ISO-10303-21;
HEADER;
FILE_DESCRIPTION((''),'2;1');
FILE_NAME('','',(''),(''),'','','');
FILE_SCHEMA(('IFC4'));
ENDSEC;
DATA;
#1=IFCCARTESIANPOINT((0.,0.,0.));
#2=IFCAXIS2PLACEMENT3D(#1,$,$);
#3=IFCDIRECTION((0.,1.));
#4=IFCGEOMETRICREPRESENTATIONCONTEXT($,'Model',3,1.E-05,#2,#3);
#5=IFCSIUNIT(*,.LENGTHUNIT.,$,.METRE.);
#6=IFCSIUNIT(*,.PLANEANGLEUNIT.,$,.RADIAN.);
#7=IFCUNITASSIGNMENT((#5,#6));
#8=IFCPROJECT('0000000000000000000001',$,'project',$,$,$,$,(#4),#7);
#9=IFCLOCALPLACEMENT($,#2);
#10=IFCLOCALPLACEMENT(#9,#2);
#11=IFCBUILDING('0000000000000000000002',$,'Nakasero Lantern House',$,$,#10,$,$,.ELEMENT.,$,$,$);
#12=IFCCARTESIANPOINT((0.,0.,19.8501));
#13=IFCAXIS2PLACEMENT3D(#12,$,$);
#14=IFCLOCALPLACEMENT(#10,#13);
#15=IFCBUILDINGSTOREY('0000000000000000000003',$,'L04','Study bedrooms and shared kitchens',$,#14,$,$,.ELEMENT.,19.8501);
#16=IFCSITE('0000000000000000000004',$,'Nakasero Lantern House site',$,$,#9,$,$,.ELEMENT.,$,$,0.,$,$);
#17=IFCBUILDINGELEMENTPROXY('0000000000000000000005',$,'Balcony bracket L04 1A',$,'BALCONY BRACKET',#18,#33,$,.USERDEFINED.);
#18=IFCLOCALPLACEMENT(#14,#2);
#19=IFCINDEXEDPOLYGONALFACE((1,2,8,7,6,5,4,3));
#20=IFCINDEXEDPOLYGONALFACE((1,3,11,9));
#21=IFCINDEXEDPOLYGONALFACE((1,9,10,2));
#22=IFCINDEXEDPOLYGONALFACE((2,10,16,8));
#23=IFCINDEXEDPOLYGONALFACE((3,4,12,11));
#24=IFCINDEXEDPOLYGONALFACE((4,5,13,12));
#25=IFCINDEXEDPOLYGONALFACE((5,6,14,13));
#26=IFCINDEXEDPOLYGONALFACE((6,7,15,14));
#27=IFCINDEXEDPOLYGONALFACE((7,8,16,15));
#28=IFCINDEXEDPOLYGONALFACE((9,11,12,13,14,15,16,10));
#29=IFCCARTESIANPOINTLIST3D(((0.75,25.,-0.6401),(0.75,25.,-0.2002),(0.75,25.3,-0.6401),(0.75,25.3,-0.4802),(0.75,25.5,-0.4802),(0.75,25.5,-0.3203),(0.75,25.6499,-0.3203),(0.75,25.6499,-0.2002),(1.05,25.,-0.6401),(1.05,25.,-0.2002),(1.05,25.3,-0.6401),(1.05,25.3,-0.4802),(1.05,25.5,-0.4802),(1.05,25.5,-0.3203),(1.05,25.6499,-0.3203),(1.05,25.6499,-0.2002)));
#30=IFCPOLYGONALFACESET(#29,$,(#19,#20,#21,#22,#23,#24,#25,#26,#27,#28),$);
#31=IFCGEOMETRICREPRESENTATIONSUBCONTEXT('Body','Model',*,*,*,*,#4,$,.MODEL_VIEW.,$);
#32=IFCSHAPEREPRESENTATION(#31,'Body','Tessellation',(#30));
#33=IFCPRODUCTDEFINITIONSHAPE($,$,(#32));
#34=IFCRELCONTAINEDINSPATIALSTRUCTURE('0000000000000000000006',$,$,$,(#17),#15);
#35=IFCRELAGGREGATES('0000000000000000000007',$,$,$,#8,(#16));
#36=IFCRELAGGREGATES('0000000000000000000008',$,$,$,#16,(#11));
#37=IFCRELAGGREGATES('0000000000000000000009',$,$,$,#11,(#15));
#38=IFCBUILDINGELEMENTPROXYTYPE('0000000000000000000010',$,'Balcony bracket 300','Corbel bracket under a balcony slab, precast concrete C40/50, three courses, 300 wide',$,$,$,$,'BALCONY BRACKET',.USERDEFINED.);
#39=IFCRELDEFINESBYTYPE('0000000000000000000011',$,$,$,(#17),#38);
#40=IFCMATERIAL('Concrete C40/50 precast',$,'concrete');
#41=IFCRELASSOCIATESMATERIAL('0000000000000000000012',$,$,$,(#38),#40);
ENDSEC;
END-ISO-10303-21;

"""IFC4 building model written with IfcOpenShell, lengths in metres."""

from ifc_helpers import new_model, si_unit, direction, frame, origin, place, context, subcontext, project, spatial, polyline, outline, extrude, material, type_object, element, save


model = new_model("IFC4")

# Units and contexts
model_context = context("Model", 3, precision=1e-05, world=origin(), true_north=direction((0.0, 1.0)))
body_context = subcontext(model_context, "Body", "Model", "MODEL_VIEW")
ifc_project = project(units=[si_unit("LENGTHUNIT", "METRE"), si_unit("PLANEANGLEUNIT", "RADIAN")], contexts=[model_context])

# Site, building, storey
site_placement = place(None, origin())
site = spatial("IfcSite", under=ifc_project, at=site_placement, Name="Nakasero Lantern House site", CompositionType="ELEMENT", RefElevation=0.0)
building_placement = place(site_placement, origin())
building = spatial("IfcBuilding", under=site, at=building_placement, Name="Nakasero Lantern House", CompositionType="ELEMENT")
storey_placement = place(building_placement, frame((0.0, 0.0, 19.8501)))
storey = spatial("IfcBuildingStorey", under=building, at=storey_placement, Name="L04", Description="Study bedrooms and shared kitchens", CompositionType="ELEMENT", Elevation=19.8501)

# Building element proxy
ifc_material_1 = material(Name="Concrete C40/50 precast", Category="concrete")
building_element_proxy_type = type_object("IfcBuildingElementProxyType", Name="Balcony bracket 300", Description="Corbel bracket under a balcony slab, precast concrete C40/50, three courses, 300 wide", ElementType="BALCONY BRACKET", PredefinedType="USERDEFINED", material=ifc_material_1)
proxy_placement = place(storey_placement, frame((0.8999, 25.0, -0.2002), z_axis=(0.0, 0.0, 1.0), x_axis=(0.0, 1.0, 0.0)))
element("IfcBuildingElementProxy", 1, at=proxy_placement, inside=storey, type_object=building_element_proxy_type, Name="Balcony bracket L04 1A", ObjectType="BALCONY BRACKET", PredefinedType="USERDEFINED", context=body_context, shape_type="SweptSolid", body=[
    extrude(outline(polyline([(0.0, 0.0), (0.6499, 0.0), (0.6499, -0.1201), (0.5, -0.1201), (0.5, -0.28), (0.3, -0.28), (0.3, -0.4399), (0.0, -0.4399), (0.0, 0.0)])), frame((0.0, 0.1499, 0.0), z_axis=(0.0, -1.0, 0.0), x_axis=(1.0, 0.0, 0.0)), (0.0, 0.0, 1.0), 0.3),
])

save(model, "model.ifc")
